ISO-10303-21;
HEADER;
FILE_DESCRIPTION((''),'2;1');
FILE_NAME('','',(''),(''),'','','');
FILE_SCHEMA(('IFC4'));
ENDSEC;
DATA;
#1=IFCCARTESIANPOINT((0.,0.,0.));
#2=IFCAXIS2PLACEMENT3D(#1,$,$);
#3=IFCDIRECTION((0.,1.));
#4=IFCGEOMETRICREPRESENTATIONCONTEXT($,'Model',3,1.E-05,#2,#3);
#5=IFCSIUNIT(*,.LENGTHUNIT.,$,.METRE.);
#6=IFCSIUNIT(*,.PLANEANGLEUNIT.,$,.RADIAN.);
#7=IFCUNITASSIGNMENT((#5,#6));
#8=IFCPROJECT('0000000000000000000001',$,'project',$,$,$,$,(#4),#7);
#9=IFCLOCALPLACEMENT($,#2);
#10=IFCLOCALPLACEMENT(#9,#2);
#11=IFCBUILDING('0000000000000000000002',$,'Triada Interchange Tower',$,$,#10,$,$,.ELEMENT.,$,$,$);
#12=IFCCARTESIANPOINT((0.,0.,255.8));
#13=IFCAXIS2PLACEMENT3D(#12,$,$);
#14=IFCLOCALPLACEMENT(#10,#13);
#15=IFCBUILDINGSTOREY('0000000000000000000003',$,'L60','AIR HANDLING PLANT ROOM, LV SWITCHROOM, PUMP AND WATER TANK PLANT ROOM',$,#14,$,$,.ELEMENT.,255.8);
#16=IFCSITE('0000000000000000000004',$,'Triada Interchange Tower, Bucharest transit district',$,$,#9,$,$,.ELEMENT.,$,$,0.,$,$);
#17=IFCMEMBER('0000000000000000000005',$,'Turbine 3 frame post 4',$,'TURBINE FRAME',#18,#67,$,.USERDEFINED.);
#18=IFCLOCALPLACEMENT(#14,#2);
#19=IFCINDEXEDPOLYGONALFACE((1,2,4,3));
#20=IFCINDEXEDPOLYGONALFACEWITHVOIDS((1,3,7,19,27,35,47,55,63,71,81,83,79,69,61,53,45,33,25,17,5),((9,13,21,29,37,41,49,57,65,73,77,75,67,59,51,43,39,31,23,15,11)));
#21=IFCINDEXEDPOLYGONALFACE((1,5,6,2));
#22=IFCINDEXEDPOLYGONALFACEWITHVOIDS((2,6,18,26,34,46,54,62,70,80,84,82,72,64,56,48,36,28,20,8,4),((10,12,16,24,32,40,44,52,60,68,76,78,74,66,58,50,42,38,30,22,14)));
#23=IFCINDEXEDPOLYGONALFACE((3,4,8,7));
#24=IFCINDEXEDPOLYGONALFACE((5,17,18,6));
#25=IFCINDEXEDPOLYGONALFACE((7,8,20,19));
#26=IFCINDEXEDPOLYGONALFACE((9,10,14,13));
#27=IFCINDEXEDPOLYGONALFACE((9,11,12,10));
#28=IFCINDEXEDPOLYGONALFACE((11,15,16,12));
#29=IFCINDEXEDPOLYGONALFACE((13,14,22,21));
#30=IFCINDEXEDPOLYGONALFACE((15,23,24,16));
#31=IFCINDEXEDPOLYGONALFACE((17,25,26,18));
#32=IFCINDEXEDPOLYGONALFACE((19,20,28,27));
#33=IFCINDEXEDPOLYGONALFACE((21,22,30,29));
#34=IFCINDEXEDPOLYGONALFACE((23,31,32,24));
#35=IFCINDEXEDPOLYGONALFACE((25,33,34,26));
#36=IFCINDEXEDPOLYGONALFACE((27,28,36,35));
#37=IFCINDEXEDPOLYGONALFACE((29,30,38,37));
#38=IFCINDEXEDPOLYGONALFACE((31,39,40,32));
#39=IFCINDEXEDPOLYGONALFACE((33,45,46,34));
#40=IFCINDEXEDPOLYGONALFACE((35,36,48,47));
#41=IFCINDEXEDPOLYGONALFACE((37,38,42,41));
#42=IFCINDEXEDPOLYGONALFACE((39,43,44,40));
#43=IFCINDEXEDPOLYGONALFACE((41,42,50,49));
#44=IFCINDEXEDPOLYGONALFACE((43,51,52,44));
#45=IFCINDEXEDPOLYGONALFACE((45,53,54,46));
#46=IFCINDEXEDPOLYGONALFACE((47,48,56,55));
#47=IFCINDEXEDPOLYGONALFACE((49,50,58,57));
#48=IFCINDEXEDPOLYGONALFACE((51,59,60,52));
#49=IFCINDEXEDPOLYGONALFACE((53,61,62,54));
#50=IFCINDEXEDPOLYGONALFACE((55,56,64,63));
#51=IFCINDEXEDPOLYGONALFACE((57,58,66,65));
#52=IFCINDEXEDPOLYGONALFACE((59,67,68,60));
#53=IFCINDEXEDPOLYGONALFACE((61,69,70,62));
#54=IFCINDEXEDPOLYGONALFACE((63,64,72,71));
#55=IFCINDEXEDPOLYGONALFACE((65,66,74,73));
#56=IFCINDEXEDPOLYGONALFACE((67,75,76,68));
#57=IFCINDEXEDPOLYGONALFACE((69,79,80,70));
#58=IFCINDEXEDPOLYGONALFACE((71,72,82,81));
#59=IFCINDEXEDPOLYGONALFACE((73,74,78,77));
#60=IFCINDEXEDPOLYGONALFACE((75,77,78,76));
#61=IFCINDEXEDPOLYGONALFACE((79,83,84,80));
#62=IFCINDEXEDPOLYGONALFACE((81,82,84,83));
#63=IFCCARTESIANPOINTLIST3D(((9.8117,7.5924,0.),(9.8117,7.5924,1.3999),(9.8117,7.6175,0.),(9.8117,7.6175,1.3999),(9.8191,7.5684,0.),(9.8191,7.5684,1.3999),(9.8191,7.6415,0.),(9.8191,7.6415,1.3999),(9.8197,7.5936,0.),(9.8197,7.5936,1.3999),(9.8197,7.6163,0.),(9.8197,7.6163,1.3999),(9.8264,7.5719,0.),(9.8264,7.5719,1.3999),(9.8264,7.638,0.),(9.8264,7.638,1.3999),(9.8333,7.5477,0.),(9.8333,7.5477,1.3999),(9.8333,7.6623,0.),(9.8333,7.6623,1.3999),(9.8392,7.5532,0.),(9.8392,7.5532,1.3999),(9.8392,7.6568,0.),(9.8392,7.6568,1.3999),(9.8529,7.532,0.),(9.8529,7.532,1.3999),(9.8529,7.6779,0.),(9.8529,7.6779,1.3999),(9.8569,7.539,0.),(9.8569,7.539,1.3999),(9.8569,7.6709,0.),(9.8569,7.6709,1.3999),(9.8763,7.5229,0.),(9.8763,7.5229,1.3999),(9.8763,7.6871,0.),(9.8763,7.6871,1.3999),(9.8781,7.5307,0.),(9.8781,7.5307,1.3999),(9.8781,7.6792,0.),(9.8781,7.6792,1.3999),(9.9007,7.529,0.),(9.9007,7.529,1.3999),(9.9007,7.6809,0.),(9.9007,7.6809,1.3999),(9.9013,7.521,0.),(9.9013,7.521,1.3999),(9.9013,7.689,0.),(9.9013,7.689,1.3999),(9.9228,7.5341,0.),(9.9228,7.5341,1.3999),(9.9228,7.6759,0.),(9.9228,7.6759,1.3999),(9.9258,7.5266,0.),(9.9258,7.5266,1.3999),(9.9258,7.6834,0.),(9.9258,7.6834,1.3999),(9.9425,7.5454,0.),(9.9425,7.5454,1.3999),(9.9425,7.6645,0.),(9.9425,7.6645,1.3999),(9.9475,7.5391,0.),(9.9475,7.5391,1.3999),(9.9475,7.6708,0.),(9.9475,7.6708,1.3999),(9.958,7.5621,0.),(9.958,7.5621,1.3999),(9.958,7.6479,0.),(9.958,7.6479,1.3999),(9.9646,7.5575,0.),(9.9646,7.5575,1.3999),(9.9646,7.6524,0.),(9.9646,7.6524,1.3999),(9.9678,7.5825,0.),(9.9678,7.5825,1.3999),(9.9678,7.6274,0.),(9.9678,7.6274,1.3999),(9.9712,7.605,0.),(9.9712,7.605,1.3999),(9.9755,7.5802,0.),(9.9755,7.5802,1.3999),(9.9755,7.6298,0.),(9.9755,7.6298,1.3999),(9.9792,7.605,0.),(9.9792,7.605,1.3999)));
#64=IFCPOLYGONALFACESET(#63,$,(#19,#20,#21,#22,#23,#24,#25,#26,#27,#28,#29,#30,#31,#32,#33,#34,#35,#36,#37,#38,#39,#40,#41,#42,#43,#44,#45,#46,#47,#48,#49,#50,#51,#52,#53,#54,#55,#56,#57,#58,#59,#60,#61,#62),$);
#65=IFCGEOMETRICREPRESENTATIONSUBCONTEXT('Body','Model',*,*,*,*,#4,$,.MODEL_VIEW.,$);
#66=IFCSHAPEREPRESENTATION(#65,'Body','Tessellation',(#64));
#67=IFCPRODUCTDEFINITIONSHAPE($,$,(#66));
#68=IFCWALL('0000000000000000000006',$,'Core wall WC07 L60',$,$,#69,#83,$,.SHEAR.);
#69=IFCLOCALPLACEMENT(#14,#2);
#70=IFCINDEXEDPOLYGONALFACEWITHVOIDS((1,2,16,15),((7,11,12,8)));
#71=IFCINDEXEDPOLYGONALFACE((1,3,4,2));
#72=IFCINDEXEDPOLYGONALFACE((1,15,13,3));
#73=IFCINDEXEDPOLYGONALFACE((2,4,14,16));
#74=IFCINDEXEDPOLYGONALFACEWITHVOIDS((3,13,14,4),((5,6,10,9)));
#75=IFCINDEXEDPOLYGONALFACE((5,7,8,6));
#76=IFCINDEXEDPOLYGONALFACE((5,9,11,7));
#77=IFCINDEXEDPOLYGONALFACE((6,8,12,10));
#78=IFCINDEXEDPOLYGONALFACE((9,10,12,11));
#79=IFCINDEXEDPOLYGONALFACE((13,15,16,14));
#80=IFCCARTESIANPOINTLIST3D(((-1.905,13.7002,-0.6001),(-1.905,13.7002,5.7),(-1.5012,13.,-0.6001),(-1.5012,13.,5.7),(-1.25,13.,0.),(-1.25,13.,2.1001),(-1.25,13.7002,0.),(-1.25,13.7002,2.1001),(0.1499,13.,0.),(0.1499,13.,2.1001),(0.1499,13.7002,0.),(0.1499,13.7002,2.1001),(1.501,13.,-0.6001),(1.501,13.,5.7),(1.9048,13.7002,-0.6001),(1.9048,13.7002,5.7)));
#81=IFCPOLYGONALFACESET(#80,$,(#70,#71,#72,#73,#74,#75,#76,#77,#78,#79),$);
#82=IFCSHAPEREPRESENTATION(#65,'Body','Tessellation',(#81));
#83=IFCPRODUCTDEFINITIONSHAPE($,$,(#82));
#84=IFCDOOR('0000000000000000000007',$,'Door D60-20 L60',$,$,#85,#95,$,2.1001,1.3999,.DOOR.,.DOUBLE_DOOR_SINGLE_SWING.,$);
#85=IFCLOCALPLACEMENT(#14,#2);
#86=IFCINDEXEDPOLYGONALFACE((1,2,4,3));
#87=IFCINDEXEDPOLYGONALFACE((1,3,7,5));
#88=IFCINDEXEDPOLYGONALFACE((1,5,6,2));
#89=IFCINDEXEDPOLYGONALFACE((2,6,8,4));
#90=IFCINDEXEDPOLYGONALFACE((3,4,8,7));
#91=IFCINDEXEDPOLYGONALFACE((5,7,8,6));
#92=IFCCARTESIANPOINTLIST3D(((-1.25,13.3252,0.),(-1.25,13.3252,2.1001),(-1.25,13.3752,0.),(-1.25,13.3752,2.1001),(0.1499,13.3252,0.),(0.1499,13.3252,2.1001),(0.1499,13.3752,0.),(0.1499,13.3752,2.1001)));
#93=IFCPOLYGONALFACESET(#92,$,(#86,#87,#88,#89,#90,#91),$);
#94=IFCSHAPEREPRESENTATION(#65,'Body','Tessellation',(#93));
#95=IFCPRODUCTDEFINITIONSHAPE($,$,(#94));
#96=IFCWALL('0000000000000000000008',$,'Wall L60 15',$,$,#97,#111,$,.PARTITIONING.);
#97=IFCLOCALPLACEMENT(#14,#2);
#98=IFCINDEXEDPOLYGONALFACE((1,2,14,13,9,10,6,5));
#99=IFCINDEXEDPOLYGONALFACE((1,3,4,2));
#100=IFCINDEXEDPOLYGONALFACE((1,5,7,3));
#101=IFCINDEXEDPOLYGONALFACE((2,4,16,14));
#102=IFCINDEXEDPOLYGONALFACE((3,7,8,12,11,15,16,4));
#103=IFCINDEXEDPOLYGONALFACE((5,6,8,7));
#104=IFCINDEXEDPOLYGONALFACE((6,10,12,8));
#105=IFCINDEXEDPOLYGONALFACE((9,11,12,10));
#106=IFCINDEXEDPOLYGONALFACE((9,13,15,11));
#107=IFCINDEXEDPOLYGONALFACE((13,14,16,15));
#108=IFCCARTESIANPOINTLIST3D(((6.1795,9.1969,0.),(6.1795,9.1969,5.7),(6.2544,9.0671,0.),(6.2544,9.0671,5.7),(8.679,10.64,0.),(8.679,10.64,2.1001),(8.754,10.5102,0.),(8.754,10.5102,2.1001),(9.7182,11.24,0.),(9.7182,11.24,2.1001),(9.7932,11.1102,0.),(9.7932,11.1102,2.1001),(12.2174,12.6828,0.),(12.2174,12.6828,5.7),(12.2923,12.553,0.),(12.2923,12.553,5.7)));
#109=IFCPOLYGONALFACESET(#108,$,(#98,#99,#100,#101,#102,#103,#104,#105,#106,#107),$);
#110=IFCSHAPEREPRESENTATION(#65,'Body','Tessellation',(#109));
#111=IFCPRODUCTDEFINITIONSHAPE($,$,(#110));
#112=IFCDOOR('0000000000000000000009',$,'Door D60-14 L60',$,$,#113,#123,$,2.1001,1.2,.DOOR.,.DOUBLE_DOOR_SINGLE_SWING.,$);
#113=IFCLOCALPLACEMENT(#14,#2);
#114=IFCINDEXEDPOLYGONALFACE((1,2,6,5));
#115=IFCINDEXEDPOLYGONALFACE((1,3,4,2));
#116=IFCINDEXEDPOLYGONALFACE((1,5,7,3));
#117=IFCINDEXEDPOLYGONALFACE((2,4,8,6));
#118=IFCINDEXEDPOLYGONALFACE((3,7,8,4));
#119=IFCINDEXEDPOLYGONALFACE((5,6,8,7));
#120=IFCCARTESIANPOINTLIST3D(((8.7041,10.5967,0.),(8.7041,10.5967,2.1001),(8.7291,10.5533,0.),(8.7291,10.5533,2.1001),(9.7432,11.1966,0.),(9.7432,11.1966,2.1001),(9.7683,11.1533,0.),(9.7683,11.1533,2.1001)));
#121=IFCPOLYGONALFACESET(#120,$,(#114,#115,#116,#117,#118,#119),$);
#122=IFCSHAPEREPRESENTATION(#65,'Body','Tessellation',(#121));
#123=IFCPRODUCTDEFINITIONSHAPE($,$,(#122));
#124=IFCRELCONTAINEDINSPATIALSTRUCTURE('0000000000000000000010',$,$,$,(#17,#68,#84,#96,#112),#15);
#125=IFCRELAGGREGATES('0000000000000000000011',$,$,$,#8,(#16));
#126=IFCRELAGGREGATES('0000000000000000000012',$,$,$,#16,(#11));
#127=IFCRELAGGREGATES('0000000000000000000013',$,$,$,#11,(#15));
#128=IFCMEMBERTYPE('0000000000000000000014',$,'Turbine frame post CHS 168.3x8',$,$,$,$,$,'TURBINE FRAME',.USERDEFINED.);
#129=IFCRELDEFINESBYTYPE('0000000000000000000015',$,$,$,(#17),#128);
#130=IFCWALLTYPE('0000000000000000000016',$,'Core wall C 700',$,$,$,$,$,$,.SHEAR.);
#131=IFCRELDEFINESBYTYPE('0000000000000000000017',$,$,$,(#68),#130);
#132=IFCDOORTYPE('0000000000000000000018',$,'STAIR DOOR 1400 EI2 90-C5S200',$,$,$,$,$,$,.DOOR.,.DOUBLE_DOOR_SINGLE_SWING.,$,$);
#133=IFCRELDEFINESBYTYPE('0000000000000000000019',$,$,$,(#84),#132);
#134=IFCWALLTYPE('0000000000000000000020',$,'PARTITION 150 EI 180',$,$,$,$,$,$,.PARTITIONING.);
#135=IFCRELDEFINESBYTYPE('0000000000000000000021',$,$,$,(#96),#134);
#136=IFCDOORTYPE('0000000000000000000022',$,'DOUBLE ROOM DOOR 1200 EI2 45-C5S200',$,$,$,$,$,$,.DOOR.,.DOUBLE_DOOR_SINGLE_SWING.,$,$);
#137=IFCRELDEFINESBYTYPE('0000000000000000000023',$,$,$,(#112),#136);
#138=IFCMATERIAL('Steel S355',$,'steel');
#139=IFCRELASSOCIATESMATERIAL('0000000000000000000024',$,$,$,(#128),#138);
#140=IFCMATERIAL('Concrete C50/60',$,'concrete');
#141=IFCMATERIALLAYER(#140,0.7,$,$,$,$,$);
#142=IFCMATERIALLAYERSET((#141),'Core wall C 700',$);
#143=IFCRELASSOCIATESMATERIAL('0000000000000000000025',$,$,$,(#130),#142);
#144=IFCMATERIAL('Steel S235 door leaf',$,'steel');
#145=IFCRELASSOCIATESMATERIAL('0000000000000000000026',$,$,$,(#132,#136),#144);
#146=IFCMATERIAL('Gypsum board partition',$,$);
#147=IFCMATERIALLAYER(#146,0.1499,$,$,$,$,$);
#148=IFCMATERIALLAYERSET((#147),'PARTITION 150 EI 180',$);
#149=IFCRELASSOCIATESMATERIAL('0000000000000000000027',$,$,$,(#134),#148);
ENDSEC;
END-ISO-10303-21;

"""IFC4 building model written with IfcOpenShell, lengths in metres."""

from ifc_helpers import new_model, si_unit, direction, frame, frame_2d, origin, origin_2d, place, context, subcontext, project, spatial, polyline, rectangle, hollow_circle, outline, extrude, material, layer, layer_set, material_profile, profile_set, type_object, element, fill, save


model = new_model("IFC4")

# Units and contexts
model_context = context("Model", 3, precision=1e-05, world=origin(), true_north=direction((0.0, 1.0)))
body_context = subcontext(model_context, "Body", "Model", "MODEL_VIEW")
ifc_project = project(units=[si_unit("LENGTHUNIT", "METRE"), si_unit("PLANEANGLEUNIT", "RADIAN")], contexts=[model_context])

# Site, building, storey
site_placement = place(None, origin())
site = spatial("IfcSite", under=ifc_project, at=site_placement, Name="Triada Interchange Tower, Bucharest transit district", CompositionType="ELEMENT", RefElevation=0.0)
building_placement = place(site_placement, origin())
building = spatial("IfcBuilding", under=site, at=building_placement, Name="Triada Interchange Tower", CompositionType="ELEMENT")
storey_placement = place(building_placement, frame((0.0, 0.0, 255.8)))
storey = spatial("IfcBuildingStorey", under=building, at=storey_placement, Name="L60", Description="AIR HANDLING PLANT ROOM, LV SWITCHROOM, PUMP AND WATER TANK PLANT ROOM", CompositionType="ELEMENT", Elevation=255.8)

# Shared definitions
ifc_material_1 = material(Name="Concrete C50/60", Category="concrete")

# Shared definitions
ifc_material_2 = material(Name="Steel S355", Category="steel")

# Member
ifc_material_profile_1 = material_profile(ifc_material_2, hollow_circle(Radius=0.0842, WallThickness=0.0081, at=origin_2d()), Name="CHS 168.3x8")
ifc_profile_set_1 = profile_set([ifc_material_profile_1], Name="Steel S355")
member_type_1 = type_object("IfcMemberType", Name="Turbine frame post CHS 168.3x8", ElementType="TURBINE FRAME", PredefinedType="USERDEFINED", material=ifc_profile_set_1)
for number, where, z_axis, x_axis, name in (
    (1, (9.895, 7.605, 0.0), (0.0, 0.0, 1.0), (1.0, 0.0, 0.0), "Turbine 3 frame post 4"),
):
    element("IfcMember", number, at=place(storey_placement, frame(where, z_axis=z_axis, x_axis=x_axis)), inside=storey, type_object=member_type_1, Name=name, ObjectType="TURBINE FRAME", PredefinedType="USERDEFINED", context=body_context, shape_type="SweptSolid", body=[
        extrude(hollow_circle(Radius=0.0842, WallThickness=0.0081, at=origin_2d()), origin(), (0.0, 0.0, 1.0), 1.3999),
    ])

# Walls, openings, doors
ifc_layer_1 = layer(ifc_material_1, 0.7)
ifc_layer_set_1 = layer_set([ifc_layer_1], Name="Core wall C 700")
wall_type_1 = type_object("IfcWallType", Name="Core wall C 700", PredefinedType="SHEAR", material=ifc_layer_set_1)
wall_1_placement = place(storey_placement, frame((1.7029, 13.3501, -0.6001), z_axis=(0.0, 0.0, 1.0), x_axis=(-1.0, 0.0, 0.0)))
wall_1 = element("IfcWall", 2, at=wall_1_placement, inside=storey, type_object=wall_type_1, Name="Core wall WC07 L60", PredefinedType="SHEAR", context=body_context, shape_type="SweptSolid", body=[
    extrude(outline(polyline([(-0.2019, -0.3501), (1.7031, -0.3501), (3.6079, -0.3501), (3.2041, 0.3501), (1.7031, 0.3501), (0.2019, 0.3501), (-0.2019, -0.3501)])), origin(), (0.0, 0.0, 1.0), 6.3),
])
opening_1_placement = place(wall_1_placement, frame((1.553, 0.0, 0.6001)))
opening_1 = element("IfcOpeningElement", 3, at=opening_1_placement, cuts=wall_1, PredefinedType="OPENING", context=body_context, shape_type="SweptSolid", body=[
    extrude(rectangle(XDim=1.3999, YDim=2.1001, at=frame_2d((0.7, 1.05))), frame((0.0, 0.3601, 0.0), z_axis=(0.0, -1.0, 0.0), x_axis=(1.0, 0.0, 0.0)), (0.0, 0.0, 1.0), 0.7202),
])
ifc_material_3 = material(Name="Steel S235 door leaf", Category="steel")
door_type_1 = type_object("IfcDoorType", Name="STAIR DOOR 1400 EI2 90-C5S200", OperationType="DOUBLE_DOOR_SINGLE_SWING", PredefinedType="DOOR", material=ifc_material_3)
door_1_placement = place(opening_1_placement, origin())
door_1 = element("IfcDoor", 4, at=door_1_placement, inside=storey, type_object=door_type_1, Name="Door D60-20 L60", OperationType="DOUBLE_DOOR_SINGLE_SWING", OverallHeight=2.1001, OverallWidth=1.3999, PredefinedType="DOOR", context=body_context, shape_type="SweptSolid", body=[
    extrude(rectangle(XDim=1.3999, YDim=2.1001, at=frame_2d((0.7, 1.05))), frame((0.0, 0.0249, 0.0), z_axis=(0.0, -1.0, 0.0), x_axis=(1.0, 0.0, 0.0)), (0.0, 0.0, 1.0), 0.05),
])
fill(opening_1, door_1)
ifc_material_4 = material(Name="Gypsum board partition")
ifc_layer_2 = layer(ifc_material_4, 0.1499)
ifc_layer_set_2 = layer_set([ifc_layer_2], Name="PARTITION 150 EI 180")
wall_type_2 = type_object("IfcWallType", Name="PARTITION 150 EI 180", PredefinedType="PARTITIONING", material=ifc_layer_set_2)
wall_2_placement = place(storey_placement, frame((6.217, 9.1321, 0.0), z_axis=(0.0, 0.0, 1.0), x_axis=(0.866032, 0.499988, 0.0)))
wall_2 = element("IfcWall", 5, at=wall_2_placement, inside=storey, type_object=wall_type_2, Name="Wall L60 15", PredefinedType="PARTITIONING", context=body_context, shape_type="SweptSolid", body=[
    extrude(rectangle(XDim=6.9719, YDim=0.1499, at=frame_2d((3.4858, 0.0))), origin(), (0.0, 0.0, 1.0), 5.7),
])
opening_2_placement = place(wall_2_placement, frame((2.886, 0.0, 0.0)))
opening_2 = element("IfcOpeningElement", 6, at=opening_2_placement, cuts=wall_2, PredefinedType="OPENING", context=body_context, shape_type="SweptSolid", body=[
    extrude(rectangle(XDim=1.2, YDim=2.1001, at=frame_2d((0.6001, 1.05))), frame((0.0, 0.085, 0.0), z_axis=(0.0, -1.0, 0.0), x_axis=(1.0, 0.0, 0.0)), (0.0, 0.0, 1.0), 0.1699),
])
door_type_2 = type_object("IfcDoorType", Name="DOUBLE ROOM DOOR 1200 EI2 45-C5S200", OperationType="DOUBLE_DOOR_SINGLE_SWING", PredefinedType="DOOR", material=ifc_material_3)
door_2_placement = place(opening_2_placement, origin())
door_2 = element("IfcDoor", 7, at=door_2_placement, inside=storey, type_object=door_type_2, Name="Door D60-14 L60", OperationType="DOUBLE_DOOR_SINGLE_SWING", OverallHeight=2.1001, OverallWidth=1.2, PredefinedType="DOOR", context=body_context, shape_type="SweptSolid", body=[
    extrude(rectangle(XDim=1.2, YDim=2.1001, at=frame_2d((0.6001, 1.05))), frame((0.0, 0.0249, 0.0), z_axis=(0.0, -1.0, 0.0), x_axis=(1.0, 0.0, 0.0)), (0.0, 0.0, 1.0), 0.05),
])
fill(opening_2, door_2)

save(model, "model.ifc")
